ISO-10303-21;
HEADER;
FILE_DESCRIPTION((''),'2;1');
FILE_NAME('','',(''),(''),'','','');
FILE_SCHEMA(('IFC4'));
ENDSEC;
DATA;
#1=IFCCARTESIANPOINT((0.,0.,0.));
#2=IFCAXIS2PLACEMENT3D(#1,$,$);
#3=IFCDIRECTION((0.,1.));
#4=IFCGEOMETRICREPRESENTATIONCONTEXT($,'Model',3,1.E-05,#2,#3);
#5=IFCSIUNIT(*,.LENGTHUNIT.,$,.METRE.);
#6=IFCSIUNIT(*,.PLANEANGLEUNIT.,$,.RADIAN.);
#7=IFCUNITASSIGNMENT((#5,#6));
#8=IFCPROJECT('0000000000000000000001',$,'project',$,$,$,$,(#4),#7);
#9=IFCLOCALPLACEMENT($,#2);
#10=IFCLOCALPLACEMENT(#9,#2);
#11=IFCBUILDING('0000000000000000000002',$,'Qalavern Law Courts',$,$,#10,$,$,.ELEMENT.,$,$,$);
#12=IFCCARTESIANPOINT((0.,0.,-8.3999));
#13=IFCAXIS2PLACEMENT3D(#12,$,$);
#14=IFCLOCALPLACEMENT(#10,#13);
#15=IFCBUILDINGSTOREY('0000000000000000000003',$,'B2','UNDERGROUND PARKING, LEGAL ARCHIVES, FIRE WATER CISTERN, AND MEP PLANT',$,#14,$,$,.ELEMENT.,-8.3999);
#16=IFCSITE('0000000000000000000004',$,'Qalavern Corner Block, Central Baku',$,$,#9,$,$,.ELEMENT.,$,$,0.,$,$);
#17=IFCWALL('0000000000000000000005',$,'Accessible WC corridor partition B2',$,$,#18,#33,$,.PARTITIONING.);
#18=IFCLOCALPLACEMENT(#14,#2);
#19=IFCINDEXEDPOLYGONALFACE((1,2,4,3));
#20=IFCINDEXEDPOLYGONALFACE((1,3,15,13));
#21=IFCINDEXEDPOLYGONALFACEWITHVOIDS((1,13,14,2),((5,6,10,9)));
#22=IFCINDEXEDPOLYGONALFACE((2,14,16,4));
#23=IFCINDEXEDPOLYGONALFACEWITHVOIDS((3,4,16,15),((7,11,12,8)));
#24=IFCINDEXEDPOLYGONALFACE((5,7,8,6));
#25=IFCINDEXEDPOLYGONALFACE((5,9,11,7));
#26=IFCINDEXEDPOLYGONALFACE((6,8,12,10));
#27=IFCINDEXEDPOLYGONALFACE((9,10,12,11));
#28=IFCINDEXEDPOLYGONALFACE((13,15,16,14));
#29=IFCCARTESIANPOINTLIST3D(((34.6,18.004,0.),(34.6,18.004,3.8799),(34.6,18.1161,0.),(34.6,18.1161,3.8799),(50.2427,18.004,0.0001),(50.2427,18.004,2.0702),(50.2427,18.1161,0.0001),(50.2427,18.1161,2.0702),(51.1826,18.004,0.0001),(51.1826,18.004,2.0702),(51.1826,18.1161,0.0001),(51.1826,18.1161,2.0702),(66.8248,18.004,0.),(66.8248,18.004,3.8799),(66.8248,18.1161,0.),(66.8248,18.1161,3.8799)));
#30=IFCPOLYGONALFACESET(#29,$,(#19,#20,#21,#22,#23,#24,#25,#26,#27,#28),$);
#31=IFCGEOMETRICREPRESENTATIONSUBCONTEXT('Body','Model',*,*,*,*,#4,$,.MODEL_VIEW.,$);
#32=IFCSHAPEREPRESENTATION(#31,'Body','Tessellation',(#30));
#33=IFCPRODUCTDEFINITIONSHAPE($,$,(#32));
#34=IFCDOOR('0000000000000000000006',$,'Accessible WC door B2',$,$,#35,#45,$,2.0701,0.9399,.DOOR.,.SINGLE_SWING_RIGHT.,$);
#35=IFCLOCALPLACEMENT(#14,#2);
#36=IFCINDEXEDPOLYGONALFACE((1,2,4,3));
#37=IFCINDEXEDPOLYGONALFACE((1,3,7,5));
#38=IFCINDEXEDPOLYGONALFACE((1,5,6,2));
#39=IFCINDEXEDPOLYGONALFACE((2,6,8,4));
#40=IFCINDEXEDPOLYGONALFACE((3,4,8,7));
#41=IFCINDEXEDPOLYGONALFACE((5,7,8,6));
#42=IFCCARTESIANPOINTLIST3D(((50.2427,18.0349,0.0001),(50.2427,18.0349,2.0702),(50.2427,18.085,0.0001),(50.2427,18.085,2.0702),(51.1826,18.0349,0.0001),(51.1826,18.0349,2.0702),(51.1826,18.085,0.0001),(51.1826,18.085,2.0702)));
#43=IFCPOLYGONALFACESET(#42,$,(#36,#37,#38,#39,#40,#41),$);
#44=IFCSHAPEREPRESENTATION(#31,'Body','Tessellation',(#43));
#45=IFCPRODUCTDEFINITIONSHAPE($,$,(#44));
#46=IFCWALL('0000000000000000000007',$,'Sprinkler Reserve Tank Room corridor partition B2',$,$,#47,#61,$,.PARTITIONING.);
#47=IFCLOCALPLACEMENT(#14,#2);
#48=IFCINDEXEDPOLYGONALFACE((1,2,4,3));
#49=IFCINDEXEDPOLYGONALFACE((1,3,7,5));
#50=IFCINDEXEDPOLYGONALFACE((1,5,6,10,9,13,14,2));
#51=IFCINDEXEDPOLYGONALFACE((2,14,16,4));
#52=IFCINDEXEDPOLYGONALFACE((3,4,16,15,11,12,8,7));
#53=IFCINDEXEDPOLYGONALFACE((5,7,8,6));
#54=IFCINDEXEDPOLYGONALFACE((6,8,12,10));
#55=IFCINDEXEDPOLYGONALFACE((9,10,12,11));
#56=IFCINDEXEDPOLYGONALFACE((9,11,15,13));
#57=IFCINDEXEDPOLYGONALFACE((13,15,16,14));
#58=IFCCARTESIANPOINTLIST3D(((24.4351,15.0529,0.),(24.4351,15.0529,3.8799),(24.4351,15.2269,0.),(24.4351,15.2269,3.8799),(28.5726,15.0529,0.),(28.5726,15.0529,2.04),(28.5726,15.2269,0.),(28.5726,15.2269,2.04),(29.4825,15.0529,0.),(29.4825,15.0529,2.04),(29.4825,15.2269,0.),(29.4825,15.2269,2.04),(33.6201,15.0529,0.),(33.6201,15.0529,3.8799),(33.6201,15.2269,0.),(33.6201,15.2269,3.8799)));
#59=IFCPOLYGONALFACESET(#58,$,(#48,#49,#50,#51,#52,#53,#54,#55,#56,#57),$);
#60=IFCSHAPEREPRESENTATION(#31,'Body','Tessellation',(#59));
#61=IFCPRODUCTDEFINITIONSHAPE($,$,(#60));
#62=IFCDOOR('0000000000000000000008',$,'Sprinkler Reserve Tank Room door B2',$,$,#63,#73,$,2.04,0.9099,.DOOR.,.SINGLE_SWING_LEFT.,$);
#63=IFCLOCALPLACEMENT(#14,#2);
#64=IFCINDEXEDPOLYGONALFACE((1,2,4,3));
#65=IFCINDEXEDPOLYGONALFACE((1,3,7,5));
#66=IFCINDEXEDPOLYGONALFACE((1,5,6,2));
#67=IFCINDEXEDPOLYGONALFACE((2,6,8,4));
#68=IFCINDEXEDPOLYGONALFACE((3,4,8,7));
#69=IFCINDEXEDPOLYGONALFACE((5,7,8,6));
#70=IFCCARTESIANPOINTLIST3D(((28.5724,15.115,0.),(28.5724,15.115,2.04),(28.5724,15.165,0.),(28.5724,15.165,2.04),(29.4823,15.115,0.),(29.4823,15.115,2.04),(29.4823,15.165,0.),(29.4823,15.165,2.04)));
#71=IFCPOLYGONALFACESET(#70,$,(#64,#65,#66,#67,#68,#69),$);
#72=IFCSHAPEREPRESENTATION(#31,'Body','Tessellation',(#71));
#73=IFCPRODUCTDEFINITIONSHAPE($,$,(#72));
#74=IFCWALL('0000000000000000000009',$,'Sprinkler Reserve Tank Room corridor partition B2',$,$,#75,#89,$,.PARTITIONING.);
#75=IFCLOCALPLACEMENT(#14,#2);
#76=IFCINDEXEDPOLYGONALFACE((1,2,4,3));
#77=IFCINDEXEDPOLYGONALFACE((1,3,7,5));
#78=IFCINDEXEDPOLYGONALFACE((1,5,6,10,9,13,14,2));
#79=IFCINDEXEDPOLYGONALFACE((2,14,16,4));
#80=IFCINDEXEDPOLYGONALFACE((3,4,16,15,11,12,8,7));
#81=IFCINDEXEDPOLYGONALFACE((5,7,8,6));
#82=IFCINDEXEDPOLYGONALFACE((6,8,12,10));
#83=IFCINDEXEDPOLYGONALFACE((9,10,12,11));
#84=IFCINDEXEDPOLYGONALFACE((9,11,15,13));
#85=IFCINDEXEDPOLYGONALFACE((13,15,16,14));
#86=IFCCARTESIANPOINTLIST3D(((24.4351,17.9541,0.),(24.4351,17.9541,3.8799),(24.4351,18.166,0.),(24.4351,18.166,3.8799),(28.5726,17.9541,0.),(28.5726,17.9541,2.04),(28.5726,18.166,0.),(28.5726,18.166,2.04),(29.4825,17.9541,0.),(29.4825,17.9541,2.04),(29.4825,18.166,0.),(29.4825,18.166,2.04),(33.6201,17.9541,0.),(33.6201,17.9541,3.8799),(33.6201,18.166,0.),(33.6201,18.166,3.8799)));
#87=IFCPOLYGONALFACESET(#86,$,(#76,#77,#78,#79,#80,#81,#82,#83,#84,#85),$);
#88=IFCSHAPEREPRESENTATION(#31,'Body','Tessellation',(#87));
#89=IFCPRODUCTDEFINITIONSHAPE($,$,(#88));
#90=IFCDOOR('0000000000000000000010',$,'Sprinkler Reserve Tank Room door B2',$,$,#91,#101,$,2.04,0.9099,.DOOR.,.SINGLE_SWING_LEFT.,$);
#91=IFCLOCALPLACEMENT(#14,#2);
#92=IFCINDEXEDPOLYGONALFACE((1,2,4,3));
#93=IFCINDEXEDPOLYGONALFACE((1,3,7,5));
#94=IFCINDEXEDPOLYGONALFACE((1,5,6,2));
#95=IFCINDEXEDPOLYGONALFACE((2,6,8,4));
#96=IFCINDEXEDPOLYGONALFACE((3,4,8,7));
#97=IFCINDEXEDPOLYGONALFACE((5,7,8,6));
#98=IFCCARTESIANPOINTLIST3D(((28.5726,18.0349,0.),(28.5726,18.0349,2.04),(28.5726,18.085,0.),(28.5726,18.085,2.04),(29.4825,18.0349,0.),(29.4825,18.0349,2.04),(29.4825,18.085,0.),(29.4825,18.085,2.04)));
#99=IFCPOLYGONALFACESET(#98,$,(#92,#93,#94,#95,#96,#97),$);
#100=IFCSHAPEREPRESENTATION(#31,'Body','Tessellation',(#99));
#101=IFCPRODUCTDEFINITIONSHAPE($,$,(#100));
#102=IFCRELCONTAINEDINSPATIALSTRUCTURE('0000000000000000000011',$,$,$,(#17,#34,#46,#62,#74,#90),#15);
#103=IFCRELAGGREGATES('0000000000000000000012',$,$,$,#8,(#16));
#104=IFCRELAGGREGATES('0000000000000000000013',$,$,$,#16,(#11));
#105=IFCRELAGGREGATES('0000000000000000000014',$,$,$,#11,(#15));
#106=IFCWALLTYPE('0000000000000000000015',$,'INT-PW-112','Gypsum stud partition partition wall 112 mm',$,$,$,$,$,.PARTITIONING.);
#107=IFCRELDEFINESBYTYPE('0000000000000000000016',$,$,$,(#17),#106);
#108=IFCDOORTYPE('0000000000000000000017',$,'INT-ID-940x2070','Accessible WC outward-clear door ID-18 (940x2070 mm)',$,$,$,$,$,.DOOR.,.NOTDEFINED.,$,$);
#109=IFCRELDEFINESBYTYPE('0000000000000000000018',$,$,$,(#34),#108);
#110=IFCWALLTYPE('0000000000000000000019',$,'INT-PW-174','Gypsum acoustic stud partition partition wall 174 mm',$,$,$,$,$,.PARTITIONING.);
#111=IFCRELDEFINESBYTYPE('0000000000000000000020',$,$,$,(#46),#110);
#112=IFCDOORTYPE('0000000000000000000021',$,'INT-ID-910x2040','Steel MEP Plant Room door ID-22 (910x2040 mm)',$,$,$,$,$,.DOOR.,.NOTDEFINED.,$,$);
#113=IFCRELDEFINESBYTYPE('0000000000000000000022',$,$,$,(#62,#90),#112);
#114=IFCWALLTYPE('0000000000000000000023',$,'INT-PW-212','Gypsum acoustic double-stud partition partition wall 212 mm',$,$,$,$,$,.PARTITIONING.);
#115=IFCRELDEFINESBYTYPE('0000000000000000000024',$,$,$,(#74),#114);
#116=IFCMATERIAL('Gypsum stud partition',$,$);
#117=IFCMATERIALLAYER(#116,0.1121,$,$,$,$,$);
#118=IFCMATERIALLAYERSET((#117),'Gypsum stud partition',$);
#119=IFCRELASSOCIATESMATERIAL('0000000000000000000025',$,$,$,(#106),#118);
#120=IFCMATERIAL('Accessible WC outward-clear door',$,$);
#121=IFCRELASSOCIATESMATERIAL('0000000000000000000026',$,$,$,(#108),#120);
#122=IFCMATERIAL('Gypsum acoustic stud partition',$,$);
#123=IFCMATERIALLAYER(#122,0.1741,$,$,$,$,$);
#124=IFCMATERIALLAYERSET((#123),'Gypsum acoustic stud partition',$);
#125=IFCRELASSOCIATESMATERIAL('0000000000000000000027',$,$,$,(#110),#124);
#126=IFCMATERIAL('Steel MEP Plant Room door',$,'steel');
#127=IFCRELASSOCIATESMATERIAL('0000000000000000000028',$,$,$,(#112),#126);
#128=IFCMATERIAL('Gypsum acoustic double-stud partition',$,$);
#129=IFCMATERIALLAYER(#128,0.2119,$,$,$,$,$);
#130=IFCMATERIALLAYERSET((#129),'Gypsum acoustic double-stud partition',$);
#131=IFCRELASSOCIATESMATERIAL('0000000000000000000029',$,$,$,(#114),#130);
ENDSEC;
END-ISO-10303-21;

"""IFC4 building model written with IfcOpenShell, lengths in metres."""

from ifc_helpers import new_model, si_unit, direction, frame, frame_2d, origin, place, context, subcontext, project, spatial, rectangle, extrude, material, layer, layer_set, type_object, element, fill, save


model = new_model("IFC4")

# Units and contexts
model_context = context("Model", 3, precision=1e-05, world=origin(), true_north=direction((0.0, 1.0)))
body_context = subcontext(model_context, "Body", "Model", "MODEL_VIEW")
ifc_project = project(units=[si_unit("LENGTHUNIT", "METRE"), si_unit("PLANEANGLEUNIT", "RADIAN")], contexts=[model_context])

# Site, building, storey
site_placement = place(None, origin())
site = spatial("IfcSite", under=ifc_project, at=site_placement, Name="Qalavern Corner Block, Central Baku", CompositionType="ELEMENT", RefElevation=0.0)
building_placement = place(site_placement, origin())
building = spatial("IfcBuilding", under=site, at=building_placement, Name="Qalavern Law Courts", CompositionType="ELEMENT")
storey_placement = place(building_placement, frame((0.0, 0.0, -8.3999)))
storey = spatial("IfcBuildingStorey", under=building, at=storey_placement, Name="B2", Description="UNDERGROUND PARKING, LEGAL ARCHIVES, FIRE WATER CISTERN, AND MEP PLANT", CompositionType="ELEMENT", Elevation=-8.3999)

# Walls, openings, doors
ifc_material_1 = material(Name="Gypsum stud partition")
ifc_layer_1 = layer(ifc_material_1, 0.1121)
ifc_layer_set_1 = layer_set([ifc_layer_1], Name="Gypsum stud partition")
wall_type_1 = type_object("IfcWallType", Name="INT-PW-112", Description="Gypsum stud partition partition wall 112 mm", PredefinedType="PARTITIONING", material=ifc_layer_set_1)
wall_1_placement = place(storey_placement, frame((34.6001, 18.0601, 0.0), z_axis=(0.0, 0.0, 1.0), x_axis=(1.0, 0.0, 0.0)))
wall_1 = element("IfcWall", 1, at=wall_1_placement, inside=storey, type_object=wall_type_1, Name="Accessible WC corridor partition B2", PredefinedType="PARTITIONING", context=body_context, shape_type="SweptSolid", body=[
    extrude(rectangle(XDim=32.2249, YDim=0.1121, at=frame_2d((16.1123, 0.0))), origin(), (0.0, 0.0, 1.0), 3.8799),
])
opening_1_placement = place(wall_1_placement, frame((15.6426, 0.0, 0.0)))
opening_1 = element("IfcOpeningElement", 2, at=opening_1_placement, cuts=wall_1, PredefinedType="OPENING", context=body_context, shape_type="SweptSolid", body=[
    extrude(rectangle(XDim=0.9399, YDim=2.0701, at=frame_2d((0.47, 1.0352))), frame((0.0, 0.0708, 0.0), z_axis=(0.0, -1.0, 0.0), x_axis=(1.0, 0.0, 0.0)), (0.0, 0.0, 1.0), 0.1418),
])
ifc_material_2 = material(Name="Accessible WC outward-clear door")
door_type_1 = type_object("IfcDoorType", Name="INT-ID-940x2070", Description="Accessible WC outward-clear door ID-18 (940x2070 mm)", OperationType="NOTDEFINED", PredefinedType="DOOR", material=ifc_material_2)
door_1_placement = place(opening_1_placement, origin())
door_1 = element("IfcDoor", 3, at=door_1_placement, inside=storey, type_object=door_type_1, Name="Accessible WC door B2", OperationType="SINGLE_SWING_RIGHT", OverallHeight=2.0701, OverallWidth=0.9399, PredefinedType="DOOR", context=body_context, shape_type="SweptSolid", body=[
    extrude(rectangle(XDim=0.9399, YDim=2.0701, at=frame_2d((0.47, 1.0352))), frame((0.0, 0.0249, 0.0), z_axis=(0.0, -1.0, 0.0), x_axis=(1.0, 0.0, 0.0)), (0.0, 0.0, 1.0), 0.05),
])
fill(opening_1, door_1)
ifc_material_3 = material(Name="Gypsum acoustic stud partition")
ifc_layer_2 = layer(ifc_material_3, 0.1741)
ifc_layer_set_2 = layer_set([ifc_layer_2], Name="Gypsum acoustic stud partition")
wall_type_2 = type_object("IfcWallType", Name="INT-PW-174", Description="Gypsum acoustic stud partition partition wall 174 mm", PredefinedType="PARTITIONING", material=ifc_layer_set_2)
wall_2_placement = place(storey_placement, frame((24.4351, 15.1399, 0.0), z_axis=(0.0, 0.0, 1.0), x_axis=(1.0, 0.0, 0.0)))
wall_2 = element("IfcWall", 4, at=wall_2_placement, inside=storey, type_object=wall_type_2, Name="Sprinkler Reserve Tank Room corridor partition B2", PredefinedType="PARTITIONING", context=body_context, shape_type="SweptSolid", body=[
    extrude(rectangle(XDim=9.1851, YDim=0.1741, at=frame_2d((4.5925, 0.0))), origin(), (0.0, 0.0, 1.0), 3.8799),
])
opening_2_placement = place(wall_2_placement, frame((4.1375, 0.0, 0.0)))
opening_2 = element("IfcOpeningElement", 5, at=opening_2_placement, cuts=wall_2, PredefinedType="OPENING", context=body_context, shape_type="SweptSolid", body=[
    extrude(rectangle(XDim=0.9099, YDim=2.04, at=frame_2d((0.4551, 1.02))), frame((0.0, 0.1021, 0.0), z_axis=(0.0, -1.0, 0.0), x_axis=(1.0, 0.0, 0.0)), (0.0, 0.0, 1.0), 0.2039),
])
ifc_material_4 = material(Name="Steel MEP Plant Room door", Category="steel")
door_type_2 = type_object("IfcDoorType", Name="INT-ID-910x2040", Description="Steel MEP Plant Room door ID-22 (910x2040 mm)", OperationType="NOTDEFINED", PredefinedType="DOOR", material=ifc_material_4)
door_2_placement = place(opening_2_placement, frame((0.9099, 0.0, 0.0), z_axis=(0.0, 0.0, 1.0), x_axis=(-1.0, 0.0, 0.0)))
door_2 = element("IfcDoor", 6, at=door_2_placement, inside=storey, type_object=door_type_2, Name="Sprinkler Reserve Tank Room door B2", OperationType="SINGLE_SWING_LEFT", OverallHeight=2.04, OverallWidth=0.9099, PredefinedType="DOOR", context=body_context, shape_type="SweptSolid", body=[
    extrude(rectangle(XDim=0.9099, YDim=2.04, at=frame_2d((0.4551, 1.02))), frame((0.0, 0.0249, 0.0), z_axis=(0.0, -1.0, 0.0), x_axis=(1.0, 0.0, 0.0)), (0.0, 0.0, 1.0), 0.05),
])
fill(opening_2, door_2)
ifc_material_5 = material(Name="Gypsum acoustic double-stud partition")
ifc_layer_3 = layer(ifc_material_5, 0.2119)
ifc_layer_set_3 = layer_set([ifc_layer_3], Name="Gypsum acoustic double-stud partition")
wall_type_3 = type_object("IfcWallType", Name="INT-PW-212", Description="Gypsum acoustic double-stud partition partition wall 212 mm", PredefinedType="PARTITIONING", material=ifc_layer_set_3)
wall_3_placement = place(storey_placement, frame((24.4351, 18.0601, 0.0), z_axis=(0.0, 0.0, 1.0), x_axis=(1.0, 0.0, 0.0)))
wall_3 = element("IfcWall", 7, at=wall_3_placement, inside=storey, type_object=wall_type_3, Name="Sprinkler Reserve Tank Room corridor partition B2", PredefinedType="PARTITIONING", context=body_context, shape_type="SweptSolid", body=[
    extrude(rectangle(XDim=9.1851, YDim=0.2119, at=frame_2d((4.5925, 0.0))), origin(), (0.0, 0.0, 1.0), 3.8799),
])
opening_3_placement = place(wall_3_placement, frame((4.1375, 0.0, 0.0)))
opening_3 = element("IfcOpeningElement", 8, at=opening_3_placement, cuts=wall_3, PredefinedType="OPENING", context=body_context, shape_type="SweptSolid", body=[
    extrude(rectangle(XDim=0.9099, YDim=2.04, at=frame_2d((0.4551, 1.02))), frame((0.0, 0.1208, 0.0), z_axis=(0.0, -1.0, 0.0), x_axis=(1.0, 0.0, 0.0)), (0.0, 0.0, 1.0), 0.2417),
])
door_3_placement = place(opening_3_placement, origin())
door_3 = element("IfcDoor", 9, at=door_3_placement, inside=storey, type_object=door_type_2, Name="Sprinkler Reserve Tank Room door B2", OperationType="SINGLE_SWING_LEFT", OverallHeight=2.04, OverallWidth=0.9099, PredefinedType="DOOR", context=body_context, shape_type="SweptSolid", body=[
    extrude(rectangle(XDim=0.9099, YDim=2.04, at=frame_2d((0.4551, 1.02))), frame((0.0, 0.0249, 0.0), z_axis=(0.0, -1.0, 0.0), x_axis=(1.0, 0.0, 0.0)), (0.0, 0.0, 1.0), 0.05),
])
fill(opening_3, door_3)

save(model, "model.ifc")
